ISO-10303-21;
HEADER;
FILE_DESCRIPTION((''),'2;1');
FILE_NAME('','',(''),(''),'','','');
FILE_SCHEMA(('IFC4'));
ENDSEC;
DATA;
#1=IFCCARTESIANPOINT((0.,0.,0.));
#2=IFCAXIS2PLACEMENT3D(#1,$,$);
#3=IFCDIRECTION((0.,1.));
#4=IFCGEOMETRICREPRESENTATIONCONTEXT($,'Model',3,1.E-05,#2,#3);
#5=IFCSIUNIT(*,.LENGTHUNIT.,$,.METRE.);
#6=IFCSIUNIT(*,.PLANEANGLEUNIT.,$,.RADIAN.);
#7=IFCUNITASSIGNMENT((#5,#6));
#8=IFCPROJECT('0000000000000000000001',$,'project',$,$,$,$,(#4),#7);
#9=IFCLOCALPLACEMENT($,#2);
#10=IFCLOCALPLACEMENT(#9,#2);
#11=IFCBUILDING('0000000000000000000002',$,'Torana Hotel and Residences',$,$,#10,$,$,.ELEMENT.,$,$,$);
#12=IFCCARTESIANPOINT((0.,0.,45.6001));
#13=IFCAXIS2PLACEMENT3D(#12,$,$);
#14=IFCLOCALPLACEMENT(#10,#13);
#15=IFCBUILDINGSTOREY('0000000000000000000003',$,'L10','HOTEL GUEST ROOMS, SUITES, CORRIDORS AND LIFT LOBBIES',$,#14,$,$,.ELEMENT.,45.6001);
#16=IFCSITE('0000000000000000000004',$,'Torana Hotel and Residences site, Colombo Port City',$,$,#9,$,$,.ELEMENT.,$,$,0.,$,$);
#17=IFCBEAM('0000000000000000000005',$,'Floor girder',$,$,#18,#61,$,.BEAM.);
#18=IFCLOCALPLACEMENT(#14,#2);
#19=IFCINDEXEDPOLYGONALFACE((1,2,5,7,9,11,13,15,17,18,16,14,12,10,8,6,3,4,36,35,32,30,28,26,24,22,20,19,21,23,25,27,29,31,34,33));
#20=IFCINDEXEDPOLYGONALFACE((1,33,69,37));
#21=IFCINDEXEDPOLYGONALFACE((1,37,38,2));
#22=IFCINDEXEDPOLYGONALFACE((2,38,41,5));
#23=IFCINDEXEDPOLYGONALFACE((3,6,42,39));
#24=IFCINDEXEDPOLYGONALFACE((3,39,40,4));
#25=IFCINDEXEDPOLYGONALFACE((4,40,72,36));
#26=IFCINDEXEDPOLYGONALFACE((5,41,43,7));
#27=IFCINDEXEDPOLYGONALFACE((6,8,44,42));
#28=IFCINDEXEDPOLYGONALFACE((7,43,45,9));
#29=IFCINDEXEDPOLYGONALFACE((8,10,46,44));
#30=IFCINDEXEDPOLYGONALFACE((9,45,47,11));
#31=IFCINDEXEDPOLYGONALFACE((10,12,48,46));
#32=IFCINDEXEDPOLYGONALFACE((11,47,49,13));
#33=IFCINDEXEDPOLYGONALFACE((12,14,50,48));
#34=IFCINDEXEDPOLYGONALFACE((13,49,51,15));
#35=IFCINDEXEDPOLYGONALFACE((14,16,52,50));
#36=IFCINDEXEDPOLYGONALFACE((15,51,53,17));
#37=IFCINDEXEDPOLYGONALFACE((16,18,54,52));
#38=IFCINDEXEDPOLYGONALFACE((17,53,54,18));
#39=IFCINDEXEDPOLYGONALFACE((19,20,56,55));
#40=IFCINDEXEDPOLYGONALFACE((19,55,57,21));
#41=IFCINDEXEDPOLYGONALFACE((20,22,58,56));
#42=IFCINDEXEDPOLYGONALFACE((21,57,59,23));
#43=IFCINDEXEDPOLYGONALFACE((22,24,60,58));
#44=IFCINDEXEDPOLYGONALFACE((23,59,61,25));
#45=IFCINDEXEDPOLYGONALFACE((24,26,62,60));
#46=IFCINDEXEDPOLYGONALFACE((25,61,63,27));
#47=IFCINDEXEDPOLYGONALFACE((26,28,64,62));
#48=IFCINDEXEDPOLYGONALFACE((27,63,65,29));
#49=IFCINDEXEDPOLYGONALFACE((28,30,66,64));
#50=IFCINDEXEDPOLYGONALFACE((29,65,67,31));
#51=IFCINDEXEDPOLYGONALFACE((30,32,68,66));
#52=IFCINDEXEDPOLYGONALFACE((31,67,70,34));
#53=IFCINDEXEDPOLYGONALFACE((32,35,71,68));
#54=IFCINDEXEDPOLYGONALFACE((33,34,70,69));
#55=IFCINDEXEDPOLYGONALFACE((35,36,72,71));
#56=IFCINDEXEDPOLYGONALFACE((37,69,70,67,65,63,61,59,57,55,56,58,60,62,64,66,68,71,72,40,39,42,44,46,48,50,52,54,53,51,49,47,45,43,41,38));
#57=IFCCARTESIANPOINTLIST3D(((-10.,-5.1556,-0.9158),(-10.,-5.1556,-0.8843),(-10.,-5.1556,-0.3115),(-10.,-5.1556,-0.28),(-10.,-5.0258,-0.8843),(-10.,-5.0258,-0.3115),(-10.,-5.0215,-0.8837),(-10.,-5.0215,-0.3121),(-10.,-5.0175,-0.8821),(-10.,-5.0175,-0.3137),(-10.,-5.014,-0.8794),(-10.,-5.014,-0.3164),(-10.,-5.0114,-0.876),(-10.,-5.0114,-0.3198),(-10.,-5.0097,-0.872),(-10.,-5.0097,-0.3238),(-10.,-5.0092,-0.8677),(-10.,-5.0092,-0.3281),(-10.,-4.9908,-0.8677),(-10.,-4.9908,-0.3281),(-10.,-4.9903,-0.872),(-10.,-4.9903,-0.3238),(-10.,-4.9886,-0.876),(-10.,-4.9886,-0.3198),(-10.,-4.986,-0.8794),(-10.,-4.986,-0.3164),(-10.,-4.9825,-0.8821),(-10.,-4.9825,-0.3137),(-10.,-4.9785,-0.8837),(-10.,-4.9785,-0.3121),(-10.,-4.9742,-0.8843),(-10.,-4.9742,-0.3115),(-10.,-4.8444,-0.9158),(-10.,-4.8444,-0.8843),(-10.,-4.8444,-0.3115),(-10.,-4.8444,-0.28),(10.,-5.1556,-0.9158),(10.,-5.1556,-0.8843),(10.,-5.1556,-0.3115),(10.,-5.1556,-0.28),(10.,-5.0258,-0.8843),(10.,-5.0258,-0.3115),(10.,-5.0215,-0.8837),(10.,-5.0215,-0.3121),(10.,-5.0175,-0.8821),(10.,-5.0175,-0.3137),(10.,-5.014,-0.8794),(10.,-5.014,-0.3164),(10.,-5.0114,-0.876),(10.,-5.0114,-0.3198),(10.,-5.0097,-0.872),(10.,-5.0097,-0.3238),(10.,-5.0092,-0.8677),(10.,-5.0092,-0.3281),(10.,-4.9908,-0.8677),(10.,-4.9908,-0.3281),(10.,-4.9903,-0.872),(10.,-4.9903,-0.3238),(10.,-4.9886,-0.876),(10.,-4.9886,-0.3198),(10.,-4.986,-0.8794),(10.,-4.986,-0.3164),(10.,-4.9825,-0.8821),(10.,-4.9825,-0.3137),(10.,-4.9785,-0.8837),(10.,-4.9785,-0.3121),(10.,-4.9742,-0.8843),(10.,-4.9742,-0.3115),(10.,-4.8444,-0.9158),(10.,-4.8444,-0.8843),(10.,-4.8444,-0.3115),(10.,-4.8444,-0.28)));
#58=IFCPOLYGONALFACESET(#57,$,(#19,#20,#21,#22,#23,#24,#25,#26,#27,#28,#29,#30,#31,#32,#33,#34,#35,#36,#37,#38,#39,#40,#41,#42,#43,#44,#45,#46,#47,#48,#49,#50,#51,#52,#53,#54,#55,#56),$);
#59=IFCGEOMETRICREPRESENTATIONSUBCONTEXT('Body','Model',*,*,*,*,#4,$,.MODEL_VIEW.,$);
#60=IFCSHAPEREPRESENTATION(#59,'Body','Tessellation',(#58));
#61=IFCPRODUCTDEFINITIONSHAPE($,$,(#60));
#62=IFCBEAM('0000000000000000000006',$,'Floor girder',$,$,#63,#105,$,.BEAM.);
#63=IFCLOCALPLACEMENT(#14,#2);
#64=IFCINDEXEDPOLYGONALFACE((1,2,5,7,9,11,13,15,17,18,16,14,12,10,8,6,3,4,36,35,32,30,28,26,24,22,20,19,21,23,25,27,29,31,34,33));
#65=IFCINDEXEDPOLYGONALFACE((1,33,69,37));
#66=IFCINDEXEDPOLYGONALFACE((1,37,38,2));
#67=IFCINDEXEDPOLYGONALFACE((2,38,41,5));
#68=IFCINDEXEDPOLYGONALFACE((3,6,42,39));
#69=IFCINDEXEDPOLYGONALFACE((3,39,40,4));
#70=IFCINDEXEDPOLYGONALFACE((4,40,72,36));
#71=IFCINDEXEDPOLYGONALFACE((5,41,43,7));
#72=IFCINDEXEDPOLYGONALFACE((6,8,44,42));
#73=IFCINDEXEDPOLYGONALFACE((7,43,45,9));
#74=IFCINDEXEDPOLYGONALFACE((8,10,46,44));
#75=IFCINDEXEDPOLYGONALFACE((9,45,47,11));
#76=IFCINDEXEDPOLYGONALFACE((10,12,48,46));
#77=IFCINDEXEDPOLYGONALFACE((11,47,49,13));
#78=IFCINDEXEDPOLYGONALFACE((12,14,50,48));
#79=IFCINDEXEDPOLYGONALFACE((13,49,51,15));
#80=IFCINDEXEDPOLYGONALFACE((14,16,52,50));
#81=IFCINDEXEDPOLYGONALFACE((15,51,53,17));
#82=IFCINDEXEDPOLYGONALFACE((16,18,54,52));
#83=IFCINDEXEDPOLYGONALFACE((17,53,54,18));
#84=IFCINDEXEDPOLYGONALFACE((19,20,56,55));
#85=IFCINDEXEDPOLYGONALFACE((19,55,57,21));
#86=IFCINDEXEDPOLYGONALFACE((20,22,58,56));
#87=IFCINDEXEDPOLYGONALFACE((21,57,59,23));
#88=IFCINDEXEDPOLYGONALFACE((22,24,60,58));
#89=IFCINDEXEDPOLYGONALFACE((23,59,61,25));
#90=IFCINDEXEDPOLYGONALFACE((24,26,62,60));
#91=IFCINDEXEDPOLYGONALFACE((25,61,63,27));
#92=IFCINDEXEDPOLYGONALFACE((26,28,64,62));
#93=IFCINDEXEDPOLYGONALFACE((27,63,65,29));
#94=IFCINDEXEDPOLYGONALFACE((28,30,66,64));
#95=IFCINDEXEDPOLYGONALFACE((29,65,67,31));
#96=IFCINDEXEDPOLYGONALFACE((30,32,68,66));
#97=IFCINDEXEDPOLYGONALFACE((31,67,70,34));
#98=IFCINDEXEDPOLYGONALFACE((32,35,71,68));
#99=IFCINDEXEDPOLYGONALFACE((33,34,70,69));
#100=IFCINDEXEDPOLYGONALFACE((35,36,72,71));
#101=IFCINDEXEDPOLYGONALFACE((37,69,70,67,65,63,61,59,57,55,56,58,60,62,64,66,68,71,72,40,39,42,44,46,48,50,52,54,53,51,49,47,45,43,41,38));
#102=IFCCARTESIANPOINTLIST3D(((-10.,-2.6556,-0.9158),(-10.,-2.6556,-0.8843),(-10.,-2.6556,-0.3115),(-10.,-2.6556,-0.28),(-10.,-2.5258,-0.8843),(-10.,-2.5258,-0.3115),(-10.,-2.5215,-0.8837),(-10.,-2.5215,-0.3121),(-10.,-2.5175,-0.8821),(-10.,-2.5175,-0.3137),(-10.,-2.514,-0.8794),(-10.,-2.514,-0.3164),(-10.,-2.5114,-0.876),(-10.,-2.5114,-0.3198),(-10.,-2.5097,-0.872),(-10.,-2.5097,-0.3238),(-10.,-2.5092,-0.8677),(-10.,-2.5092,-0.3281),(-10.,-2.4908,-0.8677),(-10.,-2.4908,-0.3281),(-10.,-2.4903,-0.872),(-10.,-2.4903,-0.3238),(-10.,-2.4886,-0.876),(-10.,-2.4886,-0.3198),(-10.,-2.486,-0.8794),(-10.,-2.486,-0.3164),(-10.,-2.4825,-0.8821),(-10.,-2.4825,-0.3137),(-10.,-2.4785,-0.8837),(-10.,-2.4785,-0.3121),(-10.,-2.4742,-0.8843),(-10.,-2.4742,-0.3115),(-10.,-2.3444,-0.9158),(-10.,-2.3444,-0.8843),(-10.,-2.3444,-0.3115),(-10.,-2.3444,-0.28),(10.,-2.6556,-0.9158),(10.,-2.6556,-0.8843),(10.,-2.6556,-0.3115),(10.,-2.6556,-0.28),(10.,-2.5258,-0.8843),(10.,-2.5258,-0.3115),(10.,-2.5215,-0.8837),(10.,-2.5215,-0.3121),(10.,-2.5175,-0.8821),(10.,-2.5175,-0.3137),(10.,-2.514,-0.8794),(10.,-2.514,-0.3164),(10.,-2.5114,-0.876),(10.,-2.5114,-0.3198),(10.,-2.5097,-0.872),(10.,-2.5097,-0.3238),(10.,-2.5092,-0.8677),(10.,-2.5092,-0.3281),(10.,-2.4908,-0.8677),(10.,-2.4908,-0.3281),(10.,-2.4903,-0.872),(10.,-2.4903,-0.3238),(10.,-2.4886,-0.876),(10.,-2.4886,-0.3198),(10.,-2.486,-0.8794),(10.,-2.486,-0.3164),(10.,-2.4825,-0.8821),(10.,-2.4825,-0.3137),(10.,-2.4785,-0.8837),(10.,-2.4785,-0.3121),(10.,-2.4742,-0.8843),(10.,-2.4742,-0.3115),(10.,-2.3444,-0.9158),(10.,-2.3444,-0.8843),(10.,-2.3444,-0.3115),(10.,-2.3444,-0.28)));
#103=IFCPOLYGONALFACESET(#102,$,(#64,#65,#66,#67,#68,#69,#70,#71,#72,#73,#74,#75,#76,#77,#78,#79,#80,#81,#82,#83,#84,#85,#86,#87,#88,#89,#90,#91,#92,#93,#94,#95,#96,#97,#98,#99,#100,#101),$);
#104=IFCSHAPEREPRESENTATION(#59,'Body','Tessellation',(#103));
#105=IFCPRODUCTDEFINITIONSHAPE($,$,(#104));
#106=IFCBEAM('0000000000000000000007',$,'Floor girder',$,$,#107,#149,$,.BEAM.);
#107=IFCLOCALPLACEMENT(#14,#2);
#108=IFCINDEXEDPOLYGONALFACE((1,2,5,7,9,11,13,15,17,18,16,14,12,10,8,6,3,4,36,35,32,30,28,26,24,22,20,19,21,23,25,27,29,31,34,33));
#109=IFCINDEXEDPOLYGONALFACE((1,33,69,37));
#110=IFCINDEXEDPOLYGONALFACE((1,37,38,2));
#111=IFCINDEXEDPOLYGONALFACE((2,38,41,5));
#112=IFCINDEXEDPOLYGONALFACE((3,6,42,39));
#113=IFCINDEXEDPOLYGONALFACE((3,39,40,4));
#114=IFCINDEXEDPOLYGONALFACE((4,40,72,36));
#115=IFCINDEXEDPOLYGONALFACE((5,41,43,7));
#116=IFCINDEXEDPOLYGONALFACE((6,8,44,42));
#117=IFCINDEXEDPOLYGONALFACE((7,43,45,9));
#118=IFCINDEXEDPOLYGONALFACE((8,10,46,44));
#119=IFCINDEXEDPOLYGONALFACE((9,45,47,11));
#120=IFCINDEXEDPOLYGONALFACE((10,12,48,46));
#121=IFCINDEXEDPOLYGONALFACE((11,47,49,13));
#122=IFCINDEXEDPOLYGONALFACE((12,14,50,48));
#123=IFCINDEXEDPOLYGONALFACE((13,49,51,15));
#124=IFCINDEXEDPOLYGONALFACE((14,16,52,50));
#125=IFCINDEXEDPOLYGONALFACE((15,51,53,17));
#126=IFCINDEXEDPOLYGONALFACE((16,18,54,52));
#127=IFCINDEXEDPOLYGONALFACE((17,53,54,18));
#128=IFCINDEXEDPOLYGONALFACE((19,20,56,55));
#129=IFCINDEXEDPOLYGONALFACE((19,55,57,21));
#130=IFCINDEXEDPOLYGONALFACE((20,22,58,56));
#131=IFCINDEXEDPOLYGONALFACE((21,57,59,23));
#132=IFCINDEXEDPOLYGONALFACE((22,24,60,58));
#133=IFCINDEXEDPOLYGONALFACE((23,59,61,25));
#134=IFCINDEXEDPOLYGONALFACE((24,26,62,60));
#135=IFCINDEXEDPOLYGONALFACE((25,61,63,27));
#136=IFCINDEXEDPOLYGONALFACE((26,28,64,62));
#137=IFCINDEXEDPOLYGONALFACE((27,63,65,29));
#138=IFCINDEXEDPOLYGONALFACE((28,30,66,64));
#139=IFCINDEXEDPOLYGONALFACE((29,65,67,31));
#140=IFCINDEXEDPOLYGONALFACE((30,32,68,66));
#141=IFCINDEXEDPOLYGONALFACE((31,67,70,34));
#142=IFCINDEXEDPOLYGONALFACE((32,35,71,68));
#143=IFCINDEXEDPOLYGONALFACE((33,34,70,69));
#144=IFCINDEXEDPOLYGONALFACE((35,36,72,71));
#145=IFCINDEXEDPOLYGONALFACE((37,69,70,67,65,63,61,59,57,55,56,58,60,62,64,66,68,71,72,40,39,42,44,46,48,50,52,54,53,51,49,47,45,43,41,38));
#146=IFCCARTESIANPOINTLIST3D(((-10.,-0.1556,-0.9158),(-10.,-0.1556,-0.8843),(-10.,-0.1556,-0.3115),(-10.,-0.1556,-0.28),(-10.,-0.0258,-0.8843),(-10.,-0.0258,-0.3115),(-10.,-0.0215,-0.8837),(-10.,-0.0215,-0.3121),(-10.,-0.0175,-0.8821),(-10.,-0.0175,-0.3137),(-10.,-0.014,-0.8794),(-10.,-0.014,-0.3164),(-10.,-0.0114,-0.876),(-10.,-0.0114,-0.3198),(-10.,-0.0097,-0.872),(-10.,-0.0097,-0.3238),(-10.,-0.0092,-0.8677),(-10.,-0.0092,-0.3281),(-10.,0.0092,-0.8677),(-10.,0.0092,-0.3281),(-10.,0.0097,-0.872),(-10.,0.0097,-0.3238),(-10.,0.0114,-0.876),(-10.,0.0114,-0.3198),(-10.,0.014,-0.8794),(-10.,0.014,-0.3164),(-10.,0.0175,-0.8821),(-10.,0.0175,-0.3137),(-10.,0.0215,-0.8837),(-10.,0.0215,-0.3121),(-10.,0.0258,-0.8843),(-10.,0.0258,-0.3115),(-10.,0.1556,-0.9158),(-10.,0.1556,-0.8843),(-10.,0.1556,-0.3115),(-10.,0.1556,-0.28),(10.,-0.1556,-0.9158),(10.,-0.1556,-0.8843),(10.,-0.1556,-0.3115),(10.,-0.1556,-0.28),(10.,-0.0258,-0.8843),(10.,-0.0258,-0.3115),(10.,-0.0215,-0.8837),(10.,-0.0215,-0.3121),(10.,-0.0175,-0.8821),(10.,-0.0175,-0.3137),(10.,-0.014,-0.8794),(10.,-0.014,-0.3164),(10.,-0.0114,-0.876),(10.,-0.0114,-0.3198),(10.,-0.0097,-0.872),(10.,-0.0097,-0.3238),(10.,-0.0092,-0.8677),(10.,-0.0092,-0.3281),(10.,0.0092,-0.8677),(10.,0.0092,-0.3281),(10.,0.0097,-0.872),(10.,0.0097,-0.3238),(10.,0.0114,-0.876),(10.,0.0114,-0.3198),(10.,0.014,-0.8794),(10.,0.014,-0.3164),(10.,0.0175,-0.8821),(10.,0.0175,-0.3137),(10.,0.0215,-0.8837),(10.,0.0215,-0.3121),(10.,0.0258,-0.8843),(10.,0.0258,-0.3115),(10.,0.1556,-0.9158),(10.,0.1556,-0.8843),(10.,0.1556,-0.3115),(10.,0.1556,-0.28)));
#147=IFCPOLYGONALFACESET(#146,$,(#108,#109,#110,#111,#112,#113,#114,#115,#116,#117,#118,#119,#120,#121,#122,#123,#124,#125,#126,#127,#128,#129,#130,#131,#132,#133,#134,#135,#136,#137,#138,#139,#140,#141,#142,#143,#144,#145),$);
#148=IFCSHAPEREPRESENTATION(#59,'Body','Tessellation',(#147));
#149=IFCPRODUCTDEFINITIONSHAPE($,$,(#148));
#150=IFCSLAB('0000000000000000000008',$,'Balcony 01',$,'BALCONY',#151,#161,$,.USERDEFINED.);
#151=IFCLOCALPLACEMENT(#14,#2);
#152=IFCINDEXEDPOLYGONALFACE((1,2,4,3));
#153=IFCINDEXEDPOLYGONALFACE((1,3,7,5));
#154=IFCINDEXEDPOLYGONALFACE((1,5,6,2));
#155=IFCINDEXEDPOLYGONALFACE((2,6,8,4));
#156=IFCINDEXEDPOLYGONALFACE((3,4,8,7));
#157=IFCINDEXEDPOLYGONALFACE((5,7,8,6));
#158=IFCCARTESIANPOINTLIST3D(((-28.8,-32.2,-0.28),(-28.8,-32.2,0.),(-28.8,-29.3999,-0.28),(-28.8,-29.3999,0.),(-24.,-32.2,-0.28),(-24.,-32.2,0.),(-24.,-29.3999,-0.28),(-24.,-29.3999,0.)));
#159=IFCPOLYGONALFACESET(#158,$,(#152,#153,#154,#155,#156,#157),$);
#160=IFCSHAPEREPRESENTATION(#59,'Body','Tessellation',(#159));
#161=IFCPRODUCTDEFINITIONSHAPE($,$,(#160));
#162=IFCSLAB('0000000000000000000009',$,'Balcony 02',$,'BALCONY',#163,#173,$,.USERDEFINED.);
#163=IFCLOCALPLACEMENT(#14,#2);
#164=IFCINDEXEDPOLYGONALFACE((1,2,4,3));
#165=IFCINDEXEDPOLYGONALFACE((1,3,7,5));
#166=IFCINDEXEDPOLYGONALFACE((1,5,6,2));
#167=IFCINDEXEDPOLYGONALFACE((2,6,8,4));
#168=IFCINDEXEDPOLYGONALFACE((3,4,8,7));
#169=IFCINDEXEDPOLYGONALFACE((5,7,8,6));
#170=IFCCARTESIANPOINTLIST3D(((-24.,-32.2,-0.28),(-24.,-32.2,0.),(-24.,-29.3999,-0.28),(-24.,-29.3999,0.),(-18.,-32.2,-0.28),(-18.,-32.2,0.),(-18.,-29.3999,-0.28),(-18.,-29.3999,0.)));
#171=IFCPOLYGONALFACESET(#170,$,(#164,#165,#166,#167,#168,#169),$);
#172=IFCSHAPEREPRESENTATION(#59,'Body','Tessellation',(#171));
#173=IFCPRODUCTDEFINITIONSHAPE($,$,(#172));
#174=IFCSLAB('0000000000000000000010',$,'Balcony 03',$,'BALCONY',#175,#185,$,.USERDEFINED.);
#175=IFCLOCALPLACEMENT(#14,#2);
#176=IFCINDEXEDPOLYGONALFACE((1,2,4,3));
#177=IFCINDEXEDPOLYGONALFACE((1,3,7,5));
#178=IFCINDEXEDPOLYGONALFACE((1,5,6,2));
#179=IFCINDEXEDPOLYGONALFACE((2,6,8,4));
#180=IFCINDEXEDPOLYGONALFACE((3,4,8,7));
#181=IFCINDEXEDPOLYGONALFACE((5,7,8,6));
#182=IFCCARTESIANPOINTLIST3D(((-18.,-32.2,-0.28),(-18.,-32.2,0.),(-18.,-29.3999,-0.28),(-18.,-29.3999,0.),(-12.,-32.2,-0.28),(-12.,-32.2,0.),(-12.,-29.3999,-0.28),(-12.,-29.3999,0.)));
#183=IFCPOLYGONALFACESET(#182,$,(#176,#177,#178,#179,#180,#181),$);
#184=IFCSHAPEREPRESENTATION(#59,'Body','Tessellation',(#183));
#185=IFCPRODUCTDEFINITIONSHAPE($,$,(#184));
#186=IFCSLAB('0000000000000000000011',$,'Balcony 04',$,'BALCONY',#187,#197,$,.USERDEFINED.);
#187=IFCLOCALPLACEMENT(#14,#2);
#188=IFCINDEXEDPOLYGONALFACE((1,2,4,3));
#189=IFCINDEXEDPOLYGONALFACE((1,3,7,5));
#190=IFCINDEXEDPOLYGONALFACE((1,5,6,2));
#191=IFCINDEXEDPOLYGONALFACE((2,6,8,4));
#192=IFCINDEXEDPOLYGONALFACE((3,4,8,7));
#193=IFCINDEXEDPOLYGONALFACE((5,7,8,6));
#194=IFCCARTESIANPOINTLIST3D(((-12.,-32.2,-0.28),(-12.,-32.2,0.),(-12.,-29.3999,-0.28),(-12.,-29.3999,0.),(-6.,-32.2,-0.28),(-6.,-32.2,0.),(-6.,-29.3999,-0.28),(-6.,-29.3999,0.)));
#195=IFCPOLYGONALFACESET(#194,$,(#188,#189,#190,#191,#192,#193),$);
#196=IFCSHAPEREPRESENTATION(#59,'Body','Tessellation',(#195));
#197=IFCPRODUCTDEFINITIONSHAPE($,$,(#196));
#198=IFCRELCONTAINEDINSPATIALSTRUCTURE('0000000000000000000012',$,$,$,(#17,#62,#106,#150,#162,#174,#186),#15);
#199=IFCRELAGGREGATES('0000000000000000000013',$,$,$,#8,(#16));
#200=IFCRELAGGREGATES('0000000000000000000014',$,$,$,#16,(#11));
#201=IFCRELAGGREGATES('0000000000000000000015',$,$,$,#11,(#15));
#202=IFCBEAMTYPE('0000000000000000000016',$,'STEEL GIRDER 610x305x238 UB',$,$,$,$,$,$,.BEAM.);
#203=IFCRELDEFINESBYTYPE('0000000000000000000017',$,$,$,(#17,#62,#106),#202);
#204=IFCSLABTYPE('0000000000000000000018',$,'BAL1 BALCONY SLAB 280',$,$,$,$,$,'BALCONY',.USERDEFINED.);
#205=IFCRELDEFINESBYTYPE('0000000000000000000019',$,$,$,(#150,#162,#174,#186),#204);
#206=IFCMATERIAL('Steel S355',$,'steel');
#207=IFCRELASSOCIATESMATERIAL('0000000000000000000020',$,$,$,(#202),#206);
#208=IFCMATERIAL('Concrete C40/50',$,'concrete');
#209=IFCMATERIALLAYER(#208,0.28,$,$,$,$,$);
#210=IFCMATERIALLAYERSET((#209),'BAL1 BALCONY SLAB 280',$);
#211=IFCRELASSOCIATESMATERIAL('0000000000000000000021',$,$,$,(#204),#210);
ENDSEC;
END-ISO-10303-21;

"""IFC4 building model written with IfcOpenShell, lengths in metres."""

from ifc_helpers import new_model, si_unit, direction, frame, origin, origin_2d, place, context, subcontext, project, spatial, polyline, i_section, outline, extrude, material, layer, layer_set, material_profile, profile_set, type_object, element, save


model = new_model("IFC4")

# Units and contexts
model_context = context("Model", 3, precision=1e-05, world=origin(), true_north=direction((0.0, 1.0)))
body_context = subcontext(model_context, "Body", "Model", "MODEL_VIEW")
ifc_project = project(units=[si_unit("LENGTHUNIT", "METRE"), si_unit("PLANEANGLEUNIT", "RADIAN")], contexts=[model_context])

# Site, building, storey
site_placement = place(None, origin())
site = spatial("IfcSite", under=ifc_project, at=site_placement, Name="Torana Hotel and Residences site, Colombo Port City", CompositionType="ELEMENT", RefElevation=0.0)
building_placement = place(site_placement, origin())
building = spatial("IfcBuilding", under=site, at=building_placement, Name="Torana Hotel and Residences", CompositionType="ELEMENT")
storey_placement = place(building_placement, frame((0.0, 0.0, 45.6001)))
storey = spatial("IfcBuildingStorey", under=building, at=storey_placement, Name="L10", Description="HOTEL GUEST ROOMS, SUITES, CORRIDORS AND LIFT LOBBIES", CompositionType="ELEMENT", Elevation=45.6001)

# Beams
ifc_material_1 = material(Name="Steel S355", Category="steel")
ifc_material_profile = material_profile(ifc_material_1, i_section(OverallWidth=0.3113, OverallDepth=0.6357, WebThickness=0.0183, FlangeThickness=0.0315, FilletRadius=0.0166, at=origin_2d()), Name="610x305x238 UB")
ifc_profile_set = profile_set([ifc_material_profile], Name="Steel S355")
beam_type = type_object("IfcBeamType", Name="STEEL GIRDER 610x305x238 UB", PredefinedType="BEAM", material=ifc_profile_set)
for number, where, z_axis, x_axis, name in (
    (1, (-10.0, -5.0, -0.5979), (1.0, 0.0, 0.0), (0.0, 1.0, 0.0), "Floor girder"),
    (2, (-10.0, -2.5, -0.5979), (1.0, 0.0, 0.0), (0.0, 1.0, 0.0), "Floor girder"),
    (3, (-10.0, 0.0, -0.5979), (1.0, 0.0, 0.0), (0.0, 1.0, 0.0), "Floor girder"),
):
    element("IfcBeam", number, at=place(storey_placement, frame(where, z_axis=z_axis, x_axis=x_axis)), inside=storey, type_object=beam_type, Name=name, PredefinedType="BEAM", context=body_context, shape_type="SweptSolid", body=[
        extrude(i_section(OverallWidth=0.3113, OverallDepth=0.6357, WebThickness=0.0183, FlangeThickness=0.0315, FilletRadius=0.0166, at=origin_2d()), origin(), (0.0, 0.0, 1.0), 20.0),
    ])

# Slabs
ifc_material_2 = material(Name="Concrete C40/50", Category="concrete")
ifc_layer_1 = layer(ifc_material_2, 0.28)
ifc_layer_set_1 = layer_set([ifc_layer_1], Name="BAL1 BALCONY SLAB 280")
slab_type_1 = type_object("IfcSlabType", Name="BAL1 BALCONY SLAB 280", ElementType="BALCONY", PredefinedType="USERDEFINED", material=ifc_layer_set_1)
slab_1_placement = place(storey_placement, frame((0.0, 0.0, -0.28)))
element("IfcSlab", 4, at=slab_1_placement, inside=storey, type_object=slab_type_1, Name="Balcony 01", ObjectType="BALCONY", PredefinedType="USERDEFINED", context=body_context, shape_type="SweptSolid", body=[
    extrude(outline(polyline([(-28.8, -32.2), (-24.0, -32.2), (-24.0, -29.3999), (-28.8, -29.3999), (-28.8, -32.2)])), origin(), (0.0, 0.0, 1.0), 0.28),
])
slab_2_placement = place(storey_placement, frame((0.0, 0.0, -0.28)))
element("IfcSlab", 5, at=slab_2_placement, inside=storey, type_object=slab_type_1, Name="Balcony 02", ObjectType="BALCONY", PredefinedType="USERDEFINED", context=body_context, shape_type="SweptSolid", body=[
    extrude(outline(polyline([(-24.0, -32.2), (-18.0, -32.2), (-18.0, -29.3999), (-24.0, -29.3999), (-24.0, -32.2)])), origin(), (0.0, 0.0, 1.0), 0.28),
])
slab_3_placement = place(storey_placement, frame((0.0, 0.0, -0.28)))
element("IfcSlab", 6, at=slab_3_placement, inside=storey, type_object=slab_type_1, Name="Balcony 03", ObjectType="BALCONY", PredefinedType="USERDEFINED", context=body_context, shape_type="SweptSolid", body=[
    extrude(outline(polyline([(-18.0, -32.2), (-12.0, -32.2), (-12.0, -29.3999), (-18.0, -29.3999), (-18.0, -32.2)])), origin(), (0.0, 0.0, 1.0), 0.28),
])
slab_4_placement = place(storey_placement, frame((0.0, 0.0, -0.28)))
element("IfcSlab", 7, at=slab_4_placement, inside=storey, type_object=slab_type_1, Name="Balcony 04", ObjectType="BALCONY", PredefinedType="USERDEFINED", context=body_context, shape_type="SweptSolid", body=[
    extrude(outline(polyline([(-12.0, -32.2), (-6.0, -32.2), (-6.0, -29.3999), (-12.0, -29.3999), (-12.0, -32.2)])), origin(), (0.0, 0.0, 1.0), 0.28),
])

save(model, "model.ifc")
